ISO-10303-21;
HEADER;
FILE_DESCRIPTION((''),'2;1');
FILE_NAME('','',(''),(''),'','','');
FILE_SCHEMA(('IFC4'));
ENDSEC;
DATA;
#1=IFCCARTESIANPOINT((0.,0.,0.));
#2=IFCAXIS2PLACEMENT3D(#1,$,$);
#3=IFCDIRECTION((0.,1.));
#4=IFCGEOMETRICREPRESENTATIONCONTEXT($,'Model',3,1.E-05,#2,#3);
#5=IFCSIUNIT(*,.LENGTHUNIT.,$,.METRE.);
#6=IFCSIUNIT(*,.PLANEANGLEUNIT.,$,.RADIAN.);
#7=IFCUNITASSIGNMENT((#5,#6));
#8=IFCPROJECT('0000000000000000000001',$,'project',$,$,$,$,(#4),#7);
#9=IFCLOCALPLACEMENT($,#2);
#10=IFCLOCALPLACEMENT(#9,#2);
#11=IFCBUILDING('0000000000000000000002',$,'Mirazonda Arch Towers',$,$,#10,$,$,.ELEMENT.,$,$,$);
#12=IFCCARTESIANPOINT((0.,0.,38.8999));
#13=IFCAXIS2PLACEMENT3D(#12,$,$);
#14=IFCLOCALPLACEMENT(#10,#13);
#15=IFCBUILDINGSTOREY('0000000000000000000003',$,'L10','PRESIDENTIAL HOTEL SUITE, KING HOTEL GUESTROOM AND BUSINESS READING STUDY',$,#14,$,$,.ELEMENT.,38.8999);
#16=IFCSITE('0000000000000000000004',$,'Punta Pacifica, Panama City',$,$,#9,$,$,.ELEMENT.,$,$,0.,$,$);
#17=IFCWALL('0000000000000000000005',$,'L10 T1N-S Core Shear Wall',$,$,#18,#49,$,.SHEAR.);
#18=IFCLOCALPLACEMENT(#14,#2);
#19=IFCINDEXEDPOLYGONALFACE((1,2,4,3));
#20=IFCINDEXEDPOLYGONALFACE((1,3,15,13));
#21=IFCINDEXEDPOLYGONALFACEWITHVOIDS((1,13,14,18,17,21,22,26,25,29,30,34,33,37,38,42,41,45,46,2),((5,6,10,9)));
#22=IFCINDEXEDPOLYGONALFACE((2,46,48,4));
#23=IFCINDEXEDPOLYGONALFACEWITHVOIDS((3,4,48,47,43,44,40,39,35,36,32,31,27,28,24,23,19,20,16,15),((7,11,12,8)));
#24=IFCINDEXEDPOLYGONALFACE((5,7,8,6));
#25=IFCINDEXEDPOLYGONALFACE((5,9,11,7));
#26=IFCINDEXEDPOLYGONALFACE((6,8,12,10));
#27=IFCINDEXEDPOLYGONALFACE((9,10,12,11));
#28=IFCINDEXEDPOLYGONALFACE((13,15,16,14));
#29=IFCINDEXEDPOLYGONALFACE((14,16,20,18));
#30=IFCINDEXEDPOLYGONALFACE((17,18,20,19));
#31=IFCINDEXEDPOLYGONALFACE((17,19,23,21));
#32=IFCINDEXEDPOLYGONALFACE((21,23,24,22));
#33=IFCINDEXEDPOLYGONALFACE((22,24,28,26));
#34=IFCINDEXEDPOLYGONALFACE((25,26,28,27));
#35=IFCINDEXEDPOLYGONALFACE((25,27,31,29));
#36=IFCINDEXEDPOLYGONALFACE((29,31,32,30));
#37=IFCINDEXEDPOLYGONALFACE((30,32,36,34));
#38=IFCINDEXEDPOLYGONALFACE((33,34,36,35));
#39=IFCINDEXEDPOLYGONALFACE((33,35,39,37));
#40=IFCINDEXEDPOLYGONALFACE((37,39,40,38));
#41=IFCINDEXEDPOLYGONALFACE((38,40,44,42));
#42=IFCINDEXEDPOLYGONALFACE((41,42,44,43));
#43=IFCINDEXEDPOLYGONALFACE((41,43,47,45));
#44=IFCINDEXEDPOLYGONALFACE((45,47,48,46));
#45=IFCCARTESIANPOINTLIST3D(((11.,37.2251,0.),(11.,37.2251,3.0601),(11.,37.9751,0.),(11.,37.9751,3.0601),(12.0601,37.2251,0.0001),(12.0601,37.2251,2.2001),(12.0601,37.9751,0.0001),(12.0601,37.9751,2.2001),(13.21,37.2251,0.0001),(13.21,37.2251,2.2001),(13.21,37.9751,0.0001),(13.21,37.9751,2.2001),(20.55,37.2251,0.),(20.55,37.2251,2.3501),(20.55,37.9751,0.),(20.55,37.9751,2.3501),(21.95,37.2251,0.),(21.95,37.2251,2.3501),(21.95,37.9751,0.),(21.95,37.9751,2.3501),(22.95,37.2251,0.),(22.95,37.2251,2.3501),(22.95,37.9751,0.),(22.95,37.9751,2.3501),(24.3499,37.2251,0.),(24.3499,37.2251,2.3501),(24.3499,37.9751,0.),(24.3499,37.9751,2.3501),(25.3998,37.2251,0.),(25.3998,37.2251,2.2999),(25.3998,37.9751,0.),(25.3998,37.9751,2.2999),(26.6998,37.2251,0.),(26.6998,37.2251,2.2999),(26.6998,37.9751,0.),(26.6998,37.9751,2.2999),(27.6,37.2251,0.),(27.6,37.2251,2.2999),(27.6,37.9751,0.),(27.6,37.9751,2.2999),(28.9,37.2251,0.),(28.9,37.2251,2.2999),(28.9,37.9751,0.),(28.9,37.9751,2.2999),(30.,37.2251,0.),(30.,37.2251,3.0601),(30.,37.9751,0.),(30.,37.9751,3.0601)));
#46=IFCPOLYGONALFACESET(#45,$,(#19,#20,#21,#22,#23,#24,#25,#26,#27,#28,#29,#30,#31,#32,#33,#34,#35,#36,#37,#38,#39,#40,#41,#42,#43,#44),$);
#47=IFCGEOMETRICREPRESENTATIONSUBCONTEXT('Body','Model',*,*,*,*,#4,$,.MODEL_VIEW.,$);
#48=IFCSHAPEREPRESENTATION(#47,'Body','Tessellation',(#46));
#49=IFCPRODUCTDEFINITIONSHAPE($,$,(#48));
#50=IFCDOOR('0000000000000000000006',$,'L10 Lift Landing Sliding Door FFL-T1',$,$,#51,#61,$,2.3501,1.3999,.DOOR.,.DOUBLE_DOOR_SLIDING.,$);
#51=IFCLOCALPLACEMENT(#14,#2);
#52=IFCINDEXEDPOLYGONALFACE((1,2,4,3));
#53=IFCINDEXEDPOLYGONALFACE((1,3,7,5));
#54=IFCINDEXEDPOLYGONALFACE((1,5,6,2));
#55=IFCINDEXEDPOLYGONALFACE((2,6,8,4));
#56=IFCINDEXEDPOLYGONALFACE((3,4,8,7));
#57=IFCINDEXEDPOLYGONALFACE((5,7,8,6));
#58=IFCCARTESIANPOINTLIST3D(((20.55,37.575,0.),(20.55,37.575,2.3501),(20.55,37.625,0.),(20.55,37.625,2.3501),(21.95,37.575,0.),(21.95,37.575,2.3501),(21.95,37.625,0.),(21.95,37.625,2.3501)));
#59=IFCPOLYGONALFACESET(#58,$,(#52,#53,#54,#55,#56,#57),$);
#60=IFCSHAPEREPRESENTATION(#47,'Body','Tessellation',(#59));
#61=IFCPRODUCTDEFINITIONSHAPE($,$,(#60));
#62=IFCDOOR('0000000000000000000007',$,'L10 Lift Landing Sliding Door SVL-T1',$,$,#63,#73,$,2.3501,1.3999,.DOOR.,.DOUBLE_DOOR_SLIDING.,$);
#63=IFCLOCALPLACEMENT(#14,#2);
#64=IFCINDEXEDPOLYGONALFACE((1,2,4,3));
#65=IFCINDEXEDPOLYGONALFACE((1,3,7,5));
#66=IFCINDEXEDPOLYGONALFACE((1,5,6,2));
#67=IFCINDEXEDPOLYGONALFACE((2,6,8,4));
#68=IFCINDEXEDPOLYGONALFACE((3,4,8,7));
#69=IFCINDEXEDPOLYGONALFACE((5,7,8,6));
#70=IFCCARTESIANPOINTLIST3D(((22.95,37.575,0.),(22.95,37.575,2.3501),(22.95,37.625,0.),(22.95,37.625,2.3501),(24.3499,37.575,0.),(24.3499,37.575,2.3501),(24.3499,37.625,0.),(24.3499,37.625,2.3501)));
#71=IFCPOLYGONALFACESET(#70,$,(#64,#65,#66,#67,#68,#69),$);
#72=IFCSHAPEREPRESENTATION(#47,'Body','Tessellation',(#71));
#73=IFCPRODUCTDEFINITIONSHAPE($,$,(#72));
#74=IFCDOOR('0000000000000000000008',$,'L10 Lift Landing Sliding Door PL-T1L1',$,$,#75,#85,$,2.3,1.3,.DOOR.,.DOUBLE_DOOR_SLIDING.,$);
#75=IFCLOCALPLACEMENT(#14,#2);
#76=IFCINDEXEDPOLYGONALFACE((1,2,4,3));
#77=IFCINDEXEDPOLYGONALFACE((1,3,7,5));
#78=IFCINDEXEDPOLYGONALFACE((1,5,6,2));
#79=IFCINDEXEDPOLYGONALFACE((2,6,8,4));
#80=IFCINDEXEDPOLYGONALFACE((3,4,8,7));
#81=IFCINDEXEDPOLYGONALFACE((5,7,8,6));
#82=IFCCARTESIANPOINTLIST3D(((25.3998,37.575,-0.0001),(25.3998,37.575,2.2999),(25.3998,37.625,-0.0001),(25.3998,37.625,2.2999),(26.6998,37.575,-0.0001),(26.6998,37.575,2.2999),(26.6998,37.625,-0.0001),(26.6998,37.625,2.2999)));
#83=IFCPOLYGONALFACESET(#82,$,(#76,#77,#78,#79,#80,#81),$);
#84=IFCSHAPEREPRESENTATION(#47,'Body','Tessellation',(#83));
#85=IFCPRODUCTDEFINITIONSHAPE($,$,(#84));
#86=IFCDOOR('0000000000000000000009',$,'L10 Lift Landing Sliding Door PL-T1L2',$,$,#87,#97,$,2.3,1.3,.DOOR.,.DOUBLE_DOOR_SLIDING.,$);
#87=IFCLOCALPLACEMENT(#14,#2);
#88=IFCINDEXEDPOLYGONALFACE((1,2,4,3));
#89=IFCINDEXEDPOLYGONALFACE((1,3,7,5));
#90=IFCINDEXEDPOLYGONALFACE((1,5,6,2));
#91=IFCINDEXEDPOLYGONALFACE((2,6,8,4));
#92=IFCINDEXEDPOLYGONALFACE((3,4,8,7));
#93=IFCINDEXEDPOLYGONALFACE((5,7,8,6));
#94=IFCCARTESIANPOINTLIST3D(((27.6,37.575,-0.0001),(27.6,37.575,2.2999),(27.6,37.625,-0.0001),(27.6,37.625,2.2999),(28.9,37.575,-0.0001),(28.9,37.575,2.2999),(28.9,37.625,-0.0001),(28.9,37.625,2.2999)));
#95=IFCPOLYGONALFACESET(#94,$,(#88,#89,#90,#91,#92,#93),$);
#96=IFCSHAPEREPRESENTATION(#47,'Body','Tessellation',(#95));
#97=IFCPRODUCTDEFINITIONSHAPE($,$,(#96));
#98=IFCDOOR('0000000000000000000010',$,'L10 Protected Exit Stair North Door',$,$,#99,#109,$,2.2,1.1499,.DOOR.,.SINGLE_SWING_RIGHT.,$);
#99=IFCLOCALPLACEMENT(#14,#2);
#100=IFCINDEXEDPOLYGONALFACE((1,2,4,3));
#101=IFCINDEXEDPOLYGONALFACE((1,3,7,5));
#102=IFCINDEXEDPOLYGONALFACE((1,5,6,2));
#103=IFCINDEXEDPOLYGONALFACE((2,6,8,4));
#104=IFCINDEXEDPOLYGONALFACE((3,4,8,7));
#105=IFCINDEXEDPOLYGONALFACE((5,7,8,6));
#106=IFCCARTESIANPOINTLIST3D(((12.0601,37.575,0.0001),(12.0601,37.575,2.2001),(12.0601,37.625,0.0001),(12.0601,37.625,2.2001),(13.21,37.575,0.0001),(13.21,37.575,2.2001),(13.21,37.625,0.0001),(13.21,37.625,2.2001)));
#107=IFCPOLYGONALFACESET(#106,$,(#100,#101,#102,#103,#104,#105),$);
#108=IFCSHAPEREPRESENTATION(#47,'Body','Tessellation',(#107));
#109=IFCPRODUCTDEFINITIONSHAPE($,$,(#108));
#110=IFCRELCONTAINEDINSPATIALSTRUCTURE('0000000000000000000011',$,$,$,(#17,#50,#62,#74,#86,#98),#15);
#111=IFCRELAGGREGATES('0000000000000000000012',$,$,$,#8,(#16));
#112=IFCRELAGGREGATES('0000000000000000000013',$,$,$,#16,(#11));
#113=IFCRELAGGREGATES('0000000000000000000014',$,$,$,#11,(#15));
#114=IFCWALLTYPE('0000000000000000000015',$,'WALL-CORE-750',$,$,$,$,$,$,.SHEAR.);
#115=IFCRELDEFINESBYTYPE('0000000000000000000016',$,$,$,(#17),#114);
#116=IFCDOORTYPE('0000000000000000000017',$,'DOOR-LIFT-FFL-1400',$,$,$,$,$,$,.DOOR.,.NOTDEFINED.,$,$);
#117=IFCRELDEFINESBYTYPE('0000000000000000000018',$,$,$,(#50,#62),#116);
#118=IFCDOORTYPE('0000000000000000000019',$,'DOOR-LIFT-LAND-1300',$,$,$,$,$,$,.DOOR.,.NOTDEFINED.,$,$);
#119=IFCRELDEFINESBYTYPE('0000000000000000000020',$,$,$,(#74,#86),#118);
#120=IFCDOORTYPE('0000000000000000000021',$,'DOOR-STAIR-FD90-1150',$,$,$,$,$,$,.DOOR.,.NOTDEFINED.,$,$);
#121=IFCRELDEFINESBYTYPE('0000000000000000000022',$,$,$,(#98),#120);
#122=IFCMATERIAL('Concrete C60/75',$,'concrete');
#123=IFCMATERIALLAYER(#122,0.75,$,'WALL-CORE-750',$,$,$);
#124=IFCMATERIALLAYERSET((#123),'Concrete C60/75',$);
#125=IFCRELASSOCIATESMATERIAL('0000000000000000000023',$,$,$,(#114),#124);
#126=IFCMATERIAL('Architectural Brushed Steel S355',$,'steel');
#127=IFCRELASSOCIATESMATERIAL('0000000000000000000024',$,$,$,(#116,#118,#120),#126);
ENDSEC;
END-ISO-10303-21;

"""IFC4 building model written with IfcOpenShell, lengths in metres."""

from ifc_helpers import new_model, si_unit, direction, frame, frame_2d, origin, place, context, subcontext, project, spatial, rectangle, extrude, material, layer, layer_set, type_object, element, fill, save


model = new_model("IFC4")

# Units and contexts
model_context = context("Model", 3, precision=1e-05, world=origin(), true_north=direction((0.0, 1.0)))
body_context = subcontext(model_context, "Body", "Model", "MODEL_VIEW")
ifc_project = project(units=[si_unit("LENGTHUNIT", "METRE"), si_unit("PLANEANGLEUNIT", "RADIAN")], contexts=[model_context])

# Site, building, storey
site_placement = place(None, origin())
site = spatial("IfcSite", under=ifc_project, at=site_placement, Name="Punta Pacifica, Panama City", CompositionType="ELEMENT", RefElevation=0.0)
building_placement = place(site_placement, origin())
building = spatial("IfcBuilding", under=site, at=building_placement, Name="Mirazonda Arch Towers", CompositionType="ELEMENT")
storey_placement = place(building_placement, frame((0.0, 0.0, 38.8999)))
storey = spatial("IfcBuildingStorey", under=building, at=storey_placement, Name="L10", Description="PRESIDENTIAL HOTEL SUITE, KING HOTEL GUESTROOM AND BUSINESS READING STUDY", CompositionType="ELEMENT", Elevation=38.8999)

# Shared definitions
ifc_material_1 = material(Name="Concrete C60/75", Category="concrete")

# Shared definitions
ifc_layer_1 = layer(ifc_material_1, 0.75, Name="WALL-CORE-750")
ifc_layer_set_1 = layer_set([ifc_layer_1], Name="Concrete C60/75")
wall_type_1 = type_object("IfcWallType", Name="WALL-CORE-750", PredefinedType="SHEAR", material=ifc_layer_set_1)

# Wall, openings, doors
wall_1_placement = place(storey_placement, frame((11.0, 37.6001, 0.0), z_axis=(0.0, 0.0, 1.0), x_axis=(1.0, 0.0, 0.0)))
wall_1 = element("IfcWall", 1, at=wall_1_placement, inside=storey, type_object=wall_type_1, Name="L10 T1N-S Core Shear Wall", PredefinedType="SHEAR", context=body_context, shape_type="SweptSolid", body=[
    extrude(rectangle(XDim=19.0, YDim=0.75, at=frame_2d((9.5, 0.0))), origin(), (0.0, 0.0, 1.0), 3.0601),
])
opening_1_placement = place(wall_1_placement, frame((1.0601, 0.0, 0.0)))
opening_1 = element("IfcOpeningElement", 2, at=opening_1_placement, cuts=wall_1, PredefinedType="OPENING", context=body_context, shape_type="SweptSolid", body=[
    extrude(rectangle(XDim=1.1499, YDim=2.2, at=frame_2d((0.575, 1.1001))), frame((0.0, 0.385, 0.0), z_axis=(0.0, -1.0, 0.0), x_axis=(1.0, 0.0, 0.0)), (0.0, 0.0, 1.0), 0.77),
])
opening_2_placement = place(wall_1_placement, frame((9.55, 0.0, 0.0)))
opening_2 = element("IfcOpeningElement", 3, at=opening_2_placement, cuts=wall_1, PredefinedType="OPENING", context=body_context, shape_type="SweptSolid", body=[
    extrude(rectangle(XDim=1.3999, YDim=2.3501, at=frame_2d((0.7, 1.175))), frame((0.0, 0.385, 0.0), z_axis=(0.0, -1.0, 0.0), x_axis=(1.0, 0.0, 0.0)), (0.0, 0.0, 1.0), 0.77),
])
opening_3_placement = place(wall_1_placement, frame((11.95, 0.0, 0.0)))
opening_3 = element("IfcOpeningElement", 4, at=opening_3_placement, cuts=wall_1, PredefinedType="OPENING", context=body_context, shape_type="SweptSolid", body=[
    extrude(rectangle(XDim=1.3999, YDim=2.3501, at=frame_2d((0.7, 1.175))), frame((0.0, 0.385, 0.0), z_axis=(0.0, -1.0, 0.0), x_axis=(1.0, 0.0, 0.0)), (0.0, 0.0, 1.0), 0.77),
])
opening_4_placement = place(wall_1_placement, frame((14.3999, 0.0, 0.0)))
opening_4 = element("IfcOpeningElement", 5, at=opening_4_placement, cuts=wall_1, PredefinedType="OPENING", context=body_context, shape_type="SweptSolid", body=[
    extrude(rectangle(XDim=1.3, YDim=2.3, at=frame_2d((0.6499, 1.1499))), frame((0.0, 0.385, 0.0), z_axis=(0.0, -1.0, 0.0), x_axis=(1.0, 0.0, 0.0)), (0.0, 0.0, 1.0), 0.77),
])
opening_5_placement = place(wall_1_placement, frame((16.6001, 0.0, 0.0)))
opening_5 = element("IfcOpeningElement", 6, at=opening_5_placement, cuts=wall_1, PredefinedType="OPENING", context=body_context, shape_type="SweptSolid", body=[
    extrude(rectangle(XDim=1.3, YDim=2.3, at=frame_2d((0.6499, 1.1499))), frame((0.0, 0.385, 0.0), z_axis=(0.0, -1.0, 0.0), x_axis=(1.0, 0.0, 0.0)), (0.0, 0.0, 1.0), 0.77),
])
ifc_material_2 = material(Name="Architectural Brushed Steel S355", Category="steel")
door_type_1 = type_object("IfcDoorType", Name="DOOR-LIFT-FFL-1400", OperationType="NOTDEFINED", PredefinedType="DOOR", material=ifc_material_2)
door_1_placement = place(opening_2_placement, origin())
door_1 = element("IfcDoor", 7, at=door_1_placement, inside=storey, type_object=door_type_1, Name="L10 Lift Landing Sliding Door FFL-T1", OperationType="DOUBLE_DOOR_SLIDING", OverallHeight=2.3501, OverallWidth=1.3999, PredefinedType="DOOR", context=body_context, shape_type="SweptSolid", body=[
    extrude(rectangle(XDim=1.3999, YDim=2.3501, at=frame_2d((0.7, 1.175))), frame((0.0, 0.0249, 0.0), z_axis=(0.0, -1.0, 0.0), x_axis=(1.0, 0.0, 0.0)), (0.0, 0.0, 1.0), 0.05),
])
fill(opening_2, door_1)
door_2_placement = place(opening_3_placement, origin())
door_2 = element("IfcDoor", 8, at=door_2_placement, inside=storey, type_object=door_type_1, Name="L10 Lift Landing Sliding Door SVL-T1", OperationType="DOUBLE_DOOR_SLIDING", OverallHeight=2.3501, OverallWidth=1.3999, PredefinedType="DOOR", context=body_context, shape_type="SweptSolid", body=[
    extrude(rectangle(XDim=1.3999, YDim=2.3501, at=frame_2d((0.7, 1.175))), frame((0.0, 0.0249, 0.0), z_axis=(0.0, -1.0, 0.0), x_axis=(1.0, 0.0, 0.0)), (0.0, 0.0, 1.0), 0.05),
])
fill(opening_3, door_2)
door_type_2 = type_object("IfcDoorType", Name="DOOR-LIFT-LAND-1300", OperationType="NOTDEFINED", PredefinedType="DOOR", material=ifc_material_2)
door_3_placement = place(opening_4_placement, origin())
door_3 = element("IfcDoor", 9, at=door_3_placement, inside=storey, type_object=door_type_2, Name="L10 Lift Landing Sliding Door PL-T1L1", OperationType="DOUBLE_DOOR_SLIDING", OverallHeight=2.3, OverallWidth=1.3, PredefinedType="DOOR", context=body_context, shape_type="SweptSolid", body=[
    extrude(rectangle(XDim=1.3, YDim=2.3, at=frame_2d((0.6499, 1.1499))), frame((0.0, 0.0249, 0.0), z_axis=(0.0, -1.0, 0.0), x_axis=(1.0, 0.0, 0.0)), (0.0, 0.0, 1.0), 0.05),
])
fill(opening_4, door_3)
door_4_placement = place(opening_5_placement, origin())
door_4 = element("IfcDoor", 10, at=door_4_placement, inside=storey, type_object=door_type_2, Name="L10 Lift Landing Sliding Door PL-T1L2", OperationType="DOUBLE_DOOR_SLIDING", OverallHeight=2.3, OverallWidth=1.3, PredefinedType="DOOR", context=body_context, shape_type="SweptSolid", body=[
    extrude(rectangle(XDim=1.3, YDim=2.3, at=frame_2d((0.6499, 1.1499))), frame((0.0, 0.0249, 0.0), z_axis=(0.0, -1.0, 0.0), x_axis=(1.0, 0.0, 0.0)), (0.0, 0.0, 1.0), 0.05),
])
fill(opening_5, door_4)
door_type_3 = type_object("IfcDoorType", Name="DOOR-STAIR-FD90-1150", OperationType="NOTDEFINED", PredefinedType="DOOR", material=ifc_material_2)
door_5_placement = place(opening_1_placement, origin())
door_5 = element("IfcDoor", 11, at=door_5_placement, inside=storey, type_object=door_type_3, Name="L10 Protected Exit Stair North Door", OperationType="SINGLE_SWING_RIGHT", OverallHeight=2.2, OverallWidth=1.1499, PredefinedType="DOOR", context=body_context, shape_type="SweptSolid", body=[
    extrude(rectangle(XDim=1.1499, YDim=2.2, at=frame_2d((0.575, 1.1001))), frame((0.0, 0.0249, 0.0), z_axis=(0.0, -1.0, 0.0), x_axis=(1.0, 0.0, 0.0)), (0.0, 0.0, 1.0), 0.05),
])
fill(opening_1, door_5)

save(model, "model.ifc")
